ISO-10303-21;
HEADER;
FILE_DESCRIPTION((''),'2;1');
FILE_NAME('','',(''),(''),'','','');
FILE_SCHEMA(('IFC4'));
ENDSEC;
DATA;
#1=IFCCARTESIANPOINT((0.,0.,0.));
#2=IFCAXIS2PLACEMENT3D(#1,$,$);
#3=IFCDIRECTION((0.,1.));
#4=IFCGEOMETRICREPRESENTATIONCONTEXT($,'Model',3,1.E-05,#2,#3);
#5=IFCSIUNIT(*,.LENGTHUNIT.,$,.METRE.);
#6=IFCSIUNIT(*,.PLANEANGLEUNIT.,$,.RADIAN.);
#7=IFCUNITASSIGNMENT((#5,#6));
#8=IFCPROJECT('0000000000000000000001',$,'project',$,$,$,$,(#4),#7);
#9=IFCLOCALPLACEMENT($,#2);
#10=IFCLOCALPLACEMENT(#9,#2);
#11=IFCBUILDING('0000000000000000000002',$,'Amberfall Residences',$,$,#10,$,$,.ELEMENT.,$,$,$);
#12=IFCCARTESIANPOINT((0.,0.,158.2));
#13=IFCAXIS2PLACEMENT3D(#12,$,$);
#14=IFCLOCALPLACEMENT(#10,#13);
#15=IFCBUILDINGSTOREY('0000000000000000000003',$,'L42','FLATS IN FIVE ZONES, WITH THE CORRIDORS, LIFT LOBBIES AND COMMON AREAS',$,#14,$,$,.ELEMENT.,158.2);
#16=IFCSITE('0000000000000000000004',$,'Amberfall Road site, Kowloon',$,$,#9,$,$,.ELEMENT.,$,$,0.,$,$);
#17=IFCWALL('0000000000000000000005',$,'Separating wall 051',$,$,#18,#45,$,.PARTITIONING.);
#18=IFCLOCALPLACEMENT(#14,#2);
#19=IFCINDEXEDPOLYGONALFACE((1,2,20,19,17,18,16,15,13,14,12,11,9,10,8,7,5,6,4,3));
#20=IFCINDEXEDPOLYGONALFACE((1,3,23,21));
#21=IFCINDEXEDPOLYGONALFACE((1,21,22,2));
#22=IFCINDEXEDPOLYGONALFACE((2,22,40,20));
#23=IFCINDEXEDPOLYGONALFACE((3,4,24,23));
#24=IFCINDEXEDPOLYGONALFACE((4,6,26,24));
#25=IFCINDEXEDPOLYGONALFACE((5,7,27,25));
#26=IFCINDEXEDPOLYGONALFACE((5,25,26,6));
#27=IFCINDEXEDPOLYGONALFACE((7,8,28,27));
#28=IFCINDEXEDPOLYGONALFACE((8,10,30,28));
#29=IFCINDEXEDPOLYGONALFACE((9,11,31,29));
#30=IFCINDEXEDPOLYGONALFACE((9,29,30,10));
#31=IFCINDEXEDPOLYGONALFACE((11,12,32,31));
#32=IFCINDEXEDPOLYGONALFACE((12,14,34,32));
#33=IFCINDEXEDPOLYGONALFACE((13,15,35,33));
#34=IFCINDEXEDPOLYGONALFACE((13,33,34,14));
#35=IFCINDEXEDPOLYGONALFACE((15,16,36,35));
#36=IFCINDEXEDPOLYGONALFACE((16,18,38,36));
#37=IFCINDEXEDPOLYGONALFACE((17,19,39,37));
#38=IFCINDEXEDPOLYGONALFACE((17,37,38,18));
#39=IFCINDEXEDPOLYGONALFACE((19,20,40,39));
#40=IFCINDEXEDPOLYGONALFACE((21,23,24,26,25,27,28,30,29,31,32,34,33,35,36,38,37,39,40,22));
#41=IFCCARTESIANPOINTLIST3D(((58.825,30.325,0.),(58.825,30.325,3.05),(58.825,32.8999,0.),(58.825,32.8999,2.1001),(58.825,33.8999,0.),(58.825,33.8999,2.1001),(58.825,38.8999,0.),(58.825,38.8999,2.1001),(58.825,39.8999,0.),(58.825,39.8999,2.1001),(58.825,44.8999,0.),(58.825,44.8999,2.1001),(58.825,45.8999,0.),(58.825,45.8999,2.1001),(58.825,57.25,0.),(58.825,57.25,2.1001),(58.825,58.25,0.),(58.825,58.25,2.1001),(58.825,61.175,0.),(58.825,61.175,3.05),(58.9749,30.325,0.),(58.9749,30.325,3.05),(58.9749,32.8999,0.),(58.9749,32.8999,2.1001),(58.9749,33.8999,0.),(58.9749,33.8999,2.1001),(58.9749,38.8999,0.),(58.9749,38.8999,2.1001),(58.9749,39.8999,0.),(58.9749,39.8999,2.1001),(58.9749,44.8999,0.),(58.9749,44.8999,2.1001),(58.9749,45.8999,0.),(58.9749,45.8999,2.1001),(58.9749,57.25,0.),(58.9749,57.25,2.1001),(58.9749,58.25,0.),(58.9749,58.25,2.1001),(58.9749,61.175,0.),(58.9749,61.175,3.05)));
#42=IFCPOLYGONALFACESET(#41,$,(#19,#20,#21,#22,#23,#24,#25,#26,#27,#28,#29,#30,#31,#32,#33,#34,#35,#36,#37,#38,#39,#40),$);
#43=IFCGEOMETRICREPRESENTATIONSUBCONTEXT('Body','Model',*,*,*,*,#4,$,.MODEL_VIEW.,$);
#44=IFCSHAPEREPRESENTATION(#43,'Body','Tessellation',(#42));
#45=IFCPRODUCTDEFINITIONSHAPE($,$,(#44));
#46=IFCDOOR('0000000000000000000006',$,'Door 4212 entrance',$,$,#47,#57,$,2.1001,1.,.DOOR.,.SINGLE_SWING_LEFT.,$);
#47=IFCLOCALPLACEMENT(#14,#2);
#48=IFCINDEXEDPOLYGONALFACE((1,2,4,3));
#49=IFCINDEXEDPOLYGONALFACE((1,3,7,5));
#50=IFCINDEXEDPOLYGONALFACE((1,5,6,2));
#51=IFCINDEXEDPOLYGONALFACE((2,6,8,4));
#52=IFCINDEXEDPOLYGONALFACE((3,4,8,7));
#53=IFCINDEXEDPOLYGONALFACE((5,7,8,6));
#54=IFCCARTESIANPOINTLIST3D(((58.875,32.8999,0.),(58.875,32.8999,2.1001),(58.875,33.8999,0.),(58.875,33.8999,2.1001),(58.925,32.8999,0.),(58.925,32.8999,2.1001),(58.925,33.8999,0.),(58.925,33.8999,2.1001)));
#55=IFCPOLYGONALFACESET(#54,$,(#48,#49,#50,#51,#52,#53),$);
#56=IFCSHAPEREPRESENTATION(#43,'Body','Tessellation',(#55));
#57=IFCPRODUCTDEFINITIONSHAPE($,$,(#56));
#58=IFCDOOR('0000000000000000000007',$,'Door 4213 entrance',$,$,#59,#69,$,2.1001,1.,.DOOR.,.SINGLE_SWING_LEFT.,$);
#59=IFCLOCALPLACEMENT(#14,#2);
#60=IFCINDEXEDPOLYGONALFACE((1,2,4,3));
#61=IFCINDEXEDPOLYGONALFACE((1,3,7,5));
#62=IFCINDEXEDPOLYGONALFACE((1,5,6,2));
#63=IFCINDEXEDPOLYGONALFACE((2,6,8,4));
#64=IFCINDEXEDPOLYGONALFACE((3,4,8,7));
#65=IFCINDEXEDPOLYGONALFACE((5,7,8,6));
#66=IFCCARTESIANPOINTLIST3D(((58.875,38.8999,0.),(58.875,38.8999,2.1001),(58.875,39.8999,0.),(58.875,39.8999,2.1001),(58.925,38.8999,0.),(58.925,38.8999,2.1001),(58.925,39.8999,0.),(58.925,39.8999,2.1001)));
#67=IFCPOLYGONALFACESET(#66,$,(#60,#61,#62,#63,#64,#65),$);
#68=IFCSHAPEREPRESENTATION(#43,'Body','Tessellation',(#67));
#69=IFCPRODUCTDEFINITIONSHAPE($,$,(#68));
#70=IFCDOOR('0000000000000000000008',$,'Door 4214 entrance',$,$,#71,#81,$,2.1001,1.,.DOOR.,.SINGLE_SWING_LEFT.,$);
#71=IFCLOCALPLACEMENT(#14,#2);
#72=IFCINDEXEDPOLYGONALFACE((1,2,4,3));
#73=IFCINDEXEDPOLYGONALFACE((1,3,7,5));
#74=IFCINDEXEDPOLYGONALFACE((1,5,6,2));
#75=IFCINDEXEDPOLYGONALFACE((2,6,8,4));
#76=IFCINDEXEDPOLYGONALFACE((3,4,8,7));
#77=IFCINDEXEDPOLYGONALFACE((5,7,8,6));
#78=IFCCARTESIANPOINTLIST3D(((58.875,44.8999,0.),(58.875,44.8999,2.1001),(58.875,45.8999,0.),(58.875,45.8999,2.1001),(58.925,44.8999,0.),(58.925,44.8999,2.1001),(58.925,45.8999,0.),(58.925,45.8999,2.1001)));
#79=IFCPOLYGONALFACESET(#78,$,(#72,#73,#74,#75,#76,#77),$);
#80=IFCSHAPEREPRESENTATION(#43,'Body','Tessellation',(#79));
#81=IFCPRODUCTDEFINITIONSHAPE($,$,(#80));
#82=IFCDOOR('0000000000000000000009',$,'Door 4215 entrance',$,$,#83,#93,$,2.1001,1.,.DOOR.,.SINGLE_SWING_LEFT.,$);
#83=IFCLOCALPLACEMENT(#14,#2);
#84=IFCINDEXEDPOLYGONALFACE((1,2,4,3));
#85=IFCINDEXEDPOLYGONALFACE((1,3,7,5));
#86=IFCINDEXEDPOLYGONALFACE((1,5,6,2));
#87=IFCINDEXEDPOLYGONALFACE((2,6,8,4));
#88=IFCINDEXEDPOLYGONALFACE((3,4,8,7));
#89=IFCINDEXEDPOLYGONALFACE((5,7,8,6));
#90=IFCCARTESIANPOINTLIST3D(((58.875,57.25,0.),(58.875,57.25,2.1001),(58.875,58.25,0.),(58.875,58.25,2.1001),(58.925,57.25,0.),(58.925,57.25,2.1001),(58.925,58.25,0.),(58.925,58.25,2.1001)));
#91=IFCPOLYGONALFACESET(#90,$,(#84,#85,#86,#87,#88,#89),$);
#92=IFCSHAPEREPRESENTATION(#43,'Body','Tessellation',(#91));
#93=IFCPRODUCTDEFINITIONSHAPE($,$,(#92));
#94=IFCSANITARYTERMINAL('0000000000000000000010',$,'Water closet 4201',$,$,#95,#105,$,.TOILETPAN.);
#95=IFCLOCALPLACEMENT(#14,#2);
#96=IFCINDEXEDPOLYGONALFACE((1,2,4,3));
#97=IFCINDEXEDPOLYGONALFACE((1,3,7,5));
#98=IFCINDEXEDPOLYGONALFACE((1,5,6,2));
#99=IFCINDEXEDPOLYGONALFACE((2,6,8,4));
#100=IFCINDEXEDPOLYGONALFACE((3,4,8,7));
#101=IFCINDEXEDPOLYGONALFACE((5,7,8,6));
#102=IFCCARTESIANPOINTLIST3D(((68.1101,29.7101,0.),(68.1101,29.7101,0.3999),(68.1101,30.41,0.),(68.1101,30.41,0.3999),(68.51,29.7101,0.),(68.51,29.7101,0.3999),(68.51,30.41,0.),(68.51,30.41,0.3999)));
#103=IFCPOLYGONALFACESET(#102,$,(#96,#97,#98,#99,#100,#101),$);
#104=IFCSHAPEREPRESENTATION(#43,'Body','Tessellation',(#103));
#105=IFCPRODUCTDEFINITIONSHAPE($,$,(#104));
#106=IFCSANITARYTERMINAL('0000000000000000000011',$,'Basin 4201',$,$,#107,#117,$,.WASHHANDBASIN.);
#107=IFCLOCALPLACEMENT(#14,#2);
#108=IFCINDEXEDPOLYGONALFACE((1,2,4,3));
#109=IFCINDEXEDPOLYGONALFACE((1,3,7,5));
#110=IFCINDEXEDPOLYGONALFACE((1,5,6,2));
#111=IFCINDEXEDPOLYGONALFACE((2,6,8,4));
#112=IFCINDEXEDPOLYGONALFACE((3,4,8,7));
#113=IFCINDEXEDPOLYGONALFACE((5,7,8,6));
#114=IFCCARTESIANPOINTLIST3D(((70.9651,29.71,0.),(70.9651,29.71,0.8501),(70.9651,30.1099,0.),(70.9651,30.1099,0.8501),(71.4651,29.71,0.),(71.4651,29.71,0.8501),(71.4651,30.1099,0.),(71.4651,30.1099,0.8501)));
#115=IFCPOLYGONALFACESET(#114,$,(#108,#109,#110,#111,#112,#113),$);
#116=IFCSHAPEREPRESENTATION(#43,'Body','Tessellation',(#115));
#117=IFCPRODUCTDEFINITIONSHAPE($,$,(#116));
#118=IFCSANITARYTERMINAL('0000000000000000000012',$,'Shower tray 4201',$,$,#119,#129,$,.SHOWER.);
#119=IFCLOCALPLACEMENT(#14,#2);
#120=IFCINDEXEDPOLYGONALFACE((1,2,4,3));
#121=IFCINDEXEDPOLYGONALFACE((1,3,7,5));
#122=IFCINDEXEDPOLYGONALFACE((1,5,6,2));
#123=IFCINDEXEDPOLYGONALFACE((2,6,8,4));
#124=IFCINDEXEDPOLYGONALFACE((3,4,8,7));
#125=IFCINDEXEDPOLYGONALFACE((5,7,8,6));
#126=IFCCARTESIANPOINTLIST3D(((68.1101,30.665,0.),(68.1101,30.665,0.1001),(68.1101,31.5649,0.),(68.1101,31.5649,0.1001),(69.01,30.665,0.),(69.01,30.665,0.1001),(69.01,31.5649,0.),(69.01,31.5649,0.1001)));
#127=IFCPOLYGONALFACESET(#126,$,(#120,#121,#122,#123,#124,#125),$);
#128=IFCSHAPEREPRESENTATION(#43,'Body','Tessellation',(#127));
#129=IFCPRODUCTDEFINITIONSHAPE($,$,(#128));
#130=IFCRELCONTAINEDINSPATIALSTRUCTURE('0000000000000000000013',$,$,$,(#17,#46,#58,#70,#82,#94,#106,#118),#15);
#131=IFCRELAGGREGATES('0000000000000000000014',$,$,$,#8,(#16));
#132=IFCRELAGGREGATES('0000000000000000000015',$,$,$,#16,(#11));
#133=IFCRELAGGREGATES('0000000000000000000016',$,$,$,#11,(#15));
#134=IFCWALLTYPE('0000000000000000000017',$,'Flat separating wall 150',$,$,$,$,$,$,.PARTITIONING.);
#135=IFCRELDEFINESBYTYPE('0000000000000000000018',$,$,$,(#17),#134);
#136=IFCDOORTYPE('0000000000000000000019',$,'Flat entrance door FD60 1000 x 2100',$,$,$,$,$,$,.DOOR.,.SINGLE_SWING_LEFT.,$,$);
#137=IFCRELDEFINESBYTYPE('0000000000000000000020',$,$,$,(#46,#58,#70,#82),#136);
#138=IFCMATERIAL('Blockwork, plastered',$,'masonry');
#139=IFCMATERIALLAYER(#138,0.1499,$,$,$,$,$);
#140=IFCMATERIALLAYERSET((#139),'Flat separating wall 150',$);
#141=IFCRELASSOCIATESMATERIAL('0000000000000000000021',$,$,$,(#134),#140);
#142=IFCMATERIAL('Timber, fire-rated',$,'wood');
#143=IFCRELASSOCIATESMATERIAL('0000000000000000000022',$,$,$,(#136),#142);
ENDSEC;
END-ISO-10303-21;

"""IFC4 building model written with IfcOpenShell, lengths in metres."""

from ifc_helpers import new_model, si_unit, direction, frame, frame_2d, origin, origin_2d, place, context, subcontext, project, spatial, rectangle, extrude, material, layer, layer_set, type_object, element, fill, save


model = new_model("IFC4")

# Units and contexts
model_context = context("Model", 3, precision=1e-05, world=origin(), true_north=direction((0.0, 1.0)))
body_context = subcontext(model_context, "Body", "Model", "MODEL_VIEW")
ifc_project = project(units=[si_unit("LENGTHUNIT", "METRE"), si_unit("PLANEANGLEUNIT", "RADIAN")], contexts=[model_context])

# Site, building, storey
site_placement = place(None, origin())
site = spatial("IfcSite", under=ifc_project, at=site_placement, Name="Amberfall Road site, Kowloon", CompositionType="ELEMENT", RefElevation=0.0)
building_placement = place(site_placement, origin())
building = spatial("IfcBuilding", under=site, at=building_placement, Name="Amberfall Residences", CompositionType="ELEMENT")
storey_placement = place(building_placement, frame((0.0, 0.0, 158.2)))
storey = spatial("IfcBuildingStorey", under=building, at=storey_placement, Name="L42", Description="FLATS IN FIVE ZONES, WITH THE CORRIDORS, LIFT LOBBIES AND COMMON AREAS", CompositionType="ELEMENT", Elevation=158.2)

# Wall, openings, doors
ifc_material_1 = material(Name="Blockwork, plastered", Category="masonry")
ifc_layer_1 = layer(ifc_material_1, 0.1499)
ifc_layer_set_1 = layer_set([ifc_layer_1], Name="Flat separating wall 150")
wall_type_1 = type_object("IfcWallType", Name="Flat separating wall 150", PredefinedType="PARTITIONING", material=ifc_layer_set_1)
wall_1_placement = place(storey_placement, frame((58.8999, 30.325, 0.0), z_axis=(0.0, 0.0, 1.0), x_axis=(0.0, 1.0, 0.0)))
wall_1 = element("IfcWall", 1, at=wall_1_placement, inside=storey, type_object=wall_type_1, Name="Separating wall 051", PredefinedType="PARTITIONING", context=body_context, shape_type="SweptSolid", body=[
    extrude(rectangle(XDim=30.8501, YDim=0.1499, at=frame_2d((15.425, 0.0))), origin(), (0.0, 0.0, 1.0), 3.05),
])
opening_1_placement = place(wall_1_placement, frame((2.575, 0.0, 0.0)))
opening_1 = element("IfcOpeningElement", 2, at=opening_1_placement, cuts=wall_1, PredefinedType="OPENING", context=body_context, shape_type="SweptSolid", body=[
    extrude(rectangle(XDim=1.0, YDim=2.1001, at=frame_2d((0.5, 1.05))), frame((0.0, 0.085, 0.0), z_axis=(0.0, -1.0, 0.0), x_axis=(1.0, 0.0, 0.0)), (0.0, 0.0, 1.0), 0.1699),
])
opening_2_placement = place(wall_1_placement, frame((8.575, 0.0, 0.0)))
opening_2 = element("IfcOpeningElement", 3, at=opening_2_placement, cuts=wall_1, PredefinedType="OPENING", context=body_context, shape_type="SweptSolid", body=[
    extrude(rectangle(XDim=1.0, YDim=2.1001, at=frame_2d((0.5, 1.05))), frame((0.0, 0.085, 0.0), z_axis=(0.0, -1.0, 0.0), x_axis=(1.0, 0.0, 0.0)), (0.0, 0.0, 1.0), 0.1699),
])
opening_3_placement = place(wall_1_placement, frame((14.575, 0.0, 0.0)))
opening_3 = element("IfcOpeningElement", 4, at=opening_3_placement, cuts=wall_1, PredefinedType="OPENING", context=body_context, shape_type="SweptSolid", body=[
    extrude(rectangle(XDim=1.0, YDim=2.1001, at=frame_2d((0.5, 1.05))), frame((0.0, 0.085, 0.0), z_axis=(0.0, -1.0, 0.0), x_axis=(1.0, 0.0, 0.0)), (0.0, 0.0, 1.0), 0.1699),
])
opening_4_placement = place(wall_1_placement, frame((26.925, 0.0, 0.0)))
opening_4 = element("IfcOpeningElement", 5, at=opening_4_placement, cuts=wall_1, PredefinedType="OPENING", context=body_context, shape_type="SweptSolid", body=[
    extrude(rectangle(XDim=1.0, YDim=2.1001, at=frame_2d((0.5, 1.05))), frame((0.0, 0.085, 0.0), z_axis=(0.0, -1.0, 0.0), x_axis=(1.0, 0.0, 0.0)), (0.0, 0.0, 1.0), 0.1699),
])
ifc_material_2 = material(Name="Timber, fire-rated", Category="wood")
door_type_1 = type_object("IfcDoorType", Name="Flat entrance door FD60 1000 x 2100", OperationType="SINGLE_SWING_LEFT", PredefinedType="DOOR", material=ifc_material_2)
door_1_placement = place(opening_1_placement, origin())
door_1 = element("IfcDoor", 6, at=door_1_placement, inside=storey, type_object=door_type_1, Name="Door 4212 entrance", OperationType="SINGLE_SWING_LEFT", OverallHeight=2.1001, OverallWidth=1.0, PredefinedType="DOOR", context=body_context, shape_type="SweptSolid", body=[
    extrude(rectangle(XDim=1.0, YDim=2.1001, at=frame_2d((0.5, 1.05))), frame((0.0, 0.0249, 0.0), z_axis=(0.0, -1.0, 0.0), x_axis=(1.0, 0.0, 0.0)), (0.0, 0.0, 1.0), 0.05),
])
fill(opening_1, door_1)
door_2_placement = place(opening_2_placement, origin())
door_2 = element("IfcDoor", 7, at=door_2_placement, inside=storey, type_object=door_type_1, Name="Door 4213 entrance", OperationType="SINGLE_SWING_LEFT", OverallHeight=2.1001, OverallWidth=1.0, PredefinedType="DOOR", context=body_context, shape_type="SweptSolid", body=[
    extrude(rectangle(XDim=1.0, YDim=2.1001, at=frame_2d((0.5, 1.05))), frame((0.0, 0.0249, 0.0), z_axis=(0.0, -1.0, 0.0), x_axis=(1.0, 0.0, 0.0)), (0.0, 0.0, 1.0), 0.05),
])
fill(opening_2, door_2)
door_3_placement = place(opening_3_placement, origin())
door_3 = element("IfcDoor", 8, at=door_3_placement, inside=storey, type_object=door_type_1, Name="Door 4214 entrance", OperationType="SINGLE_SWING_LEFT", OverallHeight=2.1001, OverallWidth=1.0, PredefinedType="DOOR", context=body_context, shape_type="SweptSolid", body=[
    extrude(rectangle(XDim=1.0, YDim=2.1001, at=frame_2d((0.5, 1.05))), frame((0.0, 0.0249, 0.0), z_axis=(0.0, -1.0, 0.0), x_axis=(1.0, 0.0, 0.0)), (0.0, 0.0, 1.0), 0.05),
])
fill(opening_3, door_3)
door_4_placement = place(opening_4_placement, origin())
door_4 = element("IfcDoor", 9, at=door_4_placement, inside=storey, type_object=door_type_1, Name="Door 4215 entrance", OperationType="SINGLE_SWING_LEFT", OverallHeight=2.1001, OverallWidth=1.0, PredefinedType="DOOR", context=body_context, shape_type="SweptSolid", body=[
    extrude(rectangle(XDim=1.0, YDim=2.1001, at=frame_2d((0.5, 1.05))), frame((0.0, 0.0249, 0.0), z_axis=(0.0, -1.0, 0.0), x_axis=(1.0, 0.0, 0.0)), (0.0, 0.0, 1.0), 0.05),
])
fill(opening_4, door_4)

# Sanitary terminals
sanitary_terminal_1_placement = place(storey_placement, frame((68.3101, 30.0601, 0.0), z_axis=(0.0, 0.0, 1.0), x_axis=(1.0, 0.0, 0.0)))
element("IfcSanitaryTerminal", 10, at=sanitary_terminal_1_placement, inside=storey, Name="Water closet 4201", PredefinedType="TOILETPAN", context=body_context, shape_type="SweptSolid", body=[
    extrude(rectangle(XDim=0.3999, YDim=0.7, at=origin_2d()), origin(), (0.0, 0.0, 1.0), 0.3999),
])
sanitary_terminal_2_placement = place(storey_placement, frame((71.2151, 29.9099, 0.0), z_axis=(0.0, 0.0, 1.0), x_axis=(1.0, 0.0, 0.0)))
element("IfcSanitaryTerminal", 11, at=sanitary_terminal_2_placement, inside=storey, Name="Basin 4201", PredefinedType="WASHHANDBASIN", context=body_context, shape_type="SweptSolid", body=[
    extrude(rectangle(XDim=0.5, YDim=0.3999, at=origin_2d()), origin(), (0.0, 0.0, 1.0), 0.8501),
])
sanitary_terminal_3_placement = place(storey_placement, frame((68.5601, 31.115, 0.0), z_axis=(0.0, 0.0, 1.0), x_axis=(1.0, 0.0, 0.0)))
element("IfcSanitaryTerminal", 12, at=sanitary_terminal_3_placement, inside=storey, Name="Shower tray 4201", PredefinedType="SHOWER", context=body_context, shape_type="SweptSolid", body=[
    extrude(rectangle(XDim=0.8999, YDim=0.8999, at=origin_2d()), origin(), (0.0, 0.0, 1.0), 0.1001),
])

save(model, "model.ifc")
